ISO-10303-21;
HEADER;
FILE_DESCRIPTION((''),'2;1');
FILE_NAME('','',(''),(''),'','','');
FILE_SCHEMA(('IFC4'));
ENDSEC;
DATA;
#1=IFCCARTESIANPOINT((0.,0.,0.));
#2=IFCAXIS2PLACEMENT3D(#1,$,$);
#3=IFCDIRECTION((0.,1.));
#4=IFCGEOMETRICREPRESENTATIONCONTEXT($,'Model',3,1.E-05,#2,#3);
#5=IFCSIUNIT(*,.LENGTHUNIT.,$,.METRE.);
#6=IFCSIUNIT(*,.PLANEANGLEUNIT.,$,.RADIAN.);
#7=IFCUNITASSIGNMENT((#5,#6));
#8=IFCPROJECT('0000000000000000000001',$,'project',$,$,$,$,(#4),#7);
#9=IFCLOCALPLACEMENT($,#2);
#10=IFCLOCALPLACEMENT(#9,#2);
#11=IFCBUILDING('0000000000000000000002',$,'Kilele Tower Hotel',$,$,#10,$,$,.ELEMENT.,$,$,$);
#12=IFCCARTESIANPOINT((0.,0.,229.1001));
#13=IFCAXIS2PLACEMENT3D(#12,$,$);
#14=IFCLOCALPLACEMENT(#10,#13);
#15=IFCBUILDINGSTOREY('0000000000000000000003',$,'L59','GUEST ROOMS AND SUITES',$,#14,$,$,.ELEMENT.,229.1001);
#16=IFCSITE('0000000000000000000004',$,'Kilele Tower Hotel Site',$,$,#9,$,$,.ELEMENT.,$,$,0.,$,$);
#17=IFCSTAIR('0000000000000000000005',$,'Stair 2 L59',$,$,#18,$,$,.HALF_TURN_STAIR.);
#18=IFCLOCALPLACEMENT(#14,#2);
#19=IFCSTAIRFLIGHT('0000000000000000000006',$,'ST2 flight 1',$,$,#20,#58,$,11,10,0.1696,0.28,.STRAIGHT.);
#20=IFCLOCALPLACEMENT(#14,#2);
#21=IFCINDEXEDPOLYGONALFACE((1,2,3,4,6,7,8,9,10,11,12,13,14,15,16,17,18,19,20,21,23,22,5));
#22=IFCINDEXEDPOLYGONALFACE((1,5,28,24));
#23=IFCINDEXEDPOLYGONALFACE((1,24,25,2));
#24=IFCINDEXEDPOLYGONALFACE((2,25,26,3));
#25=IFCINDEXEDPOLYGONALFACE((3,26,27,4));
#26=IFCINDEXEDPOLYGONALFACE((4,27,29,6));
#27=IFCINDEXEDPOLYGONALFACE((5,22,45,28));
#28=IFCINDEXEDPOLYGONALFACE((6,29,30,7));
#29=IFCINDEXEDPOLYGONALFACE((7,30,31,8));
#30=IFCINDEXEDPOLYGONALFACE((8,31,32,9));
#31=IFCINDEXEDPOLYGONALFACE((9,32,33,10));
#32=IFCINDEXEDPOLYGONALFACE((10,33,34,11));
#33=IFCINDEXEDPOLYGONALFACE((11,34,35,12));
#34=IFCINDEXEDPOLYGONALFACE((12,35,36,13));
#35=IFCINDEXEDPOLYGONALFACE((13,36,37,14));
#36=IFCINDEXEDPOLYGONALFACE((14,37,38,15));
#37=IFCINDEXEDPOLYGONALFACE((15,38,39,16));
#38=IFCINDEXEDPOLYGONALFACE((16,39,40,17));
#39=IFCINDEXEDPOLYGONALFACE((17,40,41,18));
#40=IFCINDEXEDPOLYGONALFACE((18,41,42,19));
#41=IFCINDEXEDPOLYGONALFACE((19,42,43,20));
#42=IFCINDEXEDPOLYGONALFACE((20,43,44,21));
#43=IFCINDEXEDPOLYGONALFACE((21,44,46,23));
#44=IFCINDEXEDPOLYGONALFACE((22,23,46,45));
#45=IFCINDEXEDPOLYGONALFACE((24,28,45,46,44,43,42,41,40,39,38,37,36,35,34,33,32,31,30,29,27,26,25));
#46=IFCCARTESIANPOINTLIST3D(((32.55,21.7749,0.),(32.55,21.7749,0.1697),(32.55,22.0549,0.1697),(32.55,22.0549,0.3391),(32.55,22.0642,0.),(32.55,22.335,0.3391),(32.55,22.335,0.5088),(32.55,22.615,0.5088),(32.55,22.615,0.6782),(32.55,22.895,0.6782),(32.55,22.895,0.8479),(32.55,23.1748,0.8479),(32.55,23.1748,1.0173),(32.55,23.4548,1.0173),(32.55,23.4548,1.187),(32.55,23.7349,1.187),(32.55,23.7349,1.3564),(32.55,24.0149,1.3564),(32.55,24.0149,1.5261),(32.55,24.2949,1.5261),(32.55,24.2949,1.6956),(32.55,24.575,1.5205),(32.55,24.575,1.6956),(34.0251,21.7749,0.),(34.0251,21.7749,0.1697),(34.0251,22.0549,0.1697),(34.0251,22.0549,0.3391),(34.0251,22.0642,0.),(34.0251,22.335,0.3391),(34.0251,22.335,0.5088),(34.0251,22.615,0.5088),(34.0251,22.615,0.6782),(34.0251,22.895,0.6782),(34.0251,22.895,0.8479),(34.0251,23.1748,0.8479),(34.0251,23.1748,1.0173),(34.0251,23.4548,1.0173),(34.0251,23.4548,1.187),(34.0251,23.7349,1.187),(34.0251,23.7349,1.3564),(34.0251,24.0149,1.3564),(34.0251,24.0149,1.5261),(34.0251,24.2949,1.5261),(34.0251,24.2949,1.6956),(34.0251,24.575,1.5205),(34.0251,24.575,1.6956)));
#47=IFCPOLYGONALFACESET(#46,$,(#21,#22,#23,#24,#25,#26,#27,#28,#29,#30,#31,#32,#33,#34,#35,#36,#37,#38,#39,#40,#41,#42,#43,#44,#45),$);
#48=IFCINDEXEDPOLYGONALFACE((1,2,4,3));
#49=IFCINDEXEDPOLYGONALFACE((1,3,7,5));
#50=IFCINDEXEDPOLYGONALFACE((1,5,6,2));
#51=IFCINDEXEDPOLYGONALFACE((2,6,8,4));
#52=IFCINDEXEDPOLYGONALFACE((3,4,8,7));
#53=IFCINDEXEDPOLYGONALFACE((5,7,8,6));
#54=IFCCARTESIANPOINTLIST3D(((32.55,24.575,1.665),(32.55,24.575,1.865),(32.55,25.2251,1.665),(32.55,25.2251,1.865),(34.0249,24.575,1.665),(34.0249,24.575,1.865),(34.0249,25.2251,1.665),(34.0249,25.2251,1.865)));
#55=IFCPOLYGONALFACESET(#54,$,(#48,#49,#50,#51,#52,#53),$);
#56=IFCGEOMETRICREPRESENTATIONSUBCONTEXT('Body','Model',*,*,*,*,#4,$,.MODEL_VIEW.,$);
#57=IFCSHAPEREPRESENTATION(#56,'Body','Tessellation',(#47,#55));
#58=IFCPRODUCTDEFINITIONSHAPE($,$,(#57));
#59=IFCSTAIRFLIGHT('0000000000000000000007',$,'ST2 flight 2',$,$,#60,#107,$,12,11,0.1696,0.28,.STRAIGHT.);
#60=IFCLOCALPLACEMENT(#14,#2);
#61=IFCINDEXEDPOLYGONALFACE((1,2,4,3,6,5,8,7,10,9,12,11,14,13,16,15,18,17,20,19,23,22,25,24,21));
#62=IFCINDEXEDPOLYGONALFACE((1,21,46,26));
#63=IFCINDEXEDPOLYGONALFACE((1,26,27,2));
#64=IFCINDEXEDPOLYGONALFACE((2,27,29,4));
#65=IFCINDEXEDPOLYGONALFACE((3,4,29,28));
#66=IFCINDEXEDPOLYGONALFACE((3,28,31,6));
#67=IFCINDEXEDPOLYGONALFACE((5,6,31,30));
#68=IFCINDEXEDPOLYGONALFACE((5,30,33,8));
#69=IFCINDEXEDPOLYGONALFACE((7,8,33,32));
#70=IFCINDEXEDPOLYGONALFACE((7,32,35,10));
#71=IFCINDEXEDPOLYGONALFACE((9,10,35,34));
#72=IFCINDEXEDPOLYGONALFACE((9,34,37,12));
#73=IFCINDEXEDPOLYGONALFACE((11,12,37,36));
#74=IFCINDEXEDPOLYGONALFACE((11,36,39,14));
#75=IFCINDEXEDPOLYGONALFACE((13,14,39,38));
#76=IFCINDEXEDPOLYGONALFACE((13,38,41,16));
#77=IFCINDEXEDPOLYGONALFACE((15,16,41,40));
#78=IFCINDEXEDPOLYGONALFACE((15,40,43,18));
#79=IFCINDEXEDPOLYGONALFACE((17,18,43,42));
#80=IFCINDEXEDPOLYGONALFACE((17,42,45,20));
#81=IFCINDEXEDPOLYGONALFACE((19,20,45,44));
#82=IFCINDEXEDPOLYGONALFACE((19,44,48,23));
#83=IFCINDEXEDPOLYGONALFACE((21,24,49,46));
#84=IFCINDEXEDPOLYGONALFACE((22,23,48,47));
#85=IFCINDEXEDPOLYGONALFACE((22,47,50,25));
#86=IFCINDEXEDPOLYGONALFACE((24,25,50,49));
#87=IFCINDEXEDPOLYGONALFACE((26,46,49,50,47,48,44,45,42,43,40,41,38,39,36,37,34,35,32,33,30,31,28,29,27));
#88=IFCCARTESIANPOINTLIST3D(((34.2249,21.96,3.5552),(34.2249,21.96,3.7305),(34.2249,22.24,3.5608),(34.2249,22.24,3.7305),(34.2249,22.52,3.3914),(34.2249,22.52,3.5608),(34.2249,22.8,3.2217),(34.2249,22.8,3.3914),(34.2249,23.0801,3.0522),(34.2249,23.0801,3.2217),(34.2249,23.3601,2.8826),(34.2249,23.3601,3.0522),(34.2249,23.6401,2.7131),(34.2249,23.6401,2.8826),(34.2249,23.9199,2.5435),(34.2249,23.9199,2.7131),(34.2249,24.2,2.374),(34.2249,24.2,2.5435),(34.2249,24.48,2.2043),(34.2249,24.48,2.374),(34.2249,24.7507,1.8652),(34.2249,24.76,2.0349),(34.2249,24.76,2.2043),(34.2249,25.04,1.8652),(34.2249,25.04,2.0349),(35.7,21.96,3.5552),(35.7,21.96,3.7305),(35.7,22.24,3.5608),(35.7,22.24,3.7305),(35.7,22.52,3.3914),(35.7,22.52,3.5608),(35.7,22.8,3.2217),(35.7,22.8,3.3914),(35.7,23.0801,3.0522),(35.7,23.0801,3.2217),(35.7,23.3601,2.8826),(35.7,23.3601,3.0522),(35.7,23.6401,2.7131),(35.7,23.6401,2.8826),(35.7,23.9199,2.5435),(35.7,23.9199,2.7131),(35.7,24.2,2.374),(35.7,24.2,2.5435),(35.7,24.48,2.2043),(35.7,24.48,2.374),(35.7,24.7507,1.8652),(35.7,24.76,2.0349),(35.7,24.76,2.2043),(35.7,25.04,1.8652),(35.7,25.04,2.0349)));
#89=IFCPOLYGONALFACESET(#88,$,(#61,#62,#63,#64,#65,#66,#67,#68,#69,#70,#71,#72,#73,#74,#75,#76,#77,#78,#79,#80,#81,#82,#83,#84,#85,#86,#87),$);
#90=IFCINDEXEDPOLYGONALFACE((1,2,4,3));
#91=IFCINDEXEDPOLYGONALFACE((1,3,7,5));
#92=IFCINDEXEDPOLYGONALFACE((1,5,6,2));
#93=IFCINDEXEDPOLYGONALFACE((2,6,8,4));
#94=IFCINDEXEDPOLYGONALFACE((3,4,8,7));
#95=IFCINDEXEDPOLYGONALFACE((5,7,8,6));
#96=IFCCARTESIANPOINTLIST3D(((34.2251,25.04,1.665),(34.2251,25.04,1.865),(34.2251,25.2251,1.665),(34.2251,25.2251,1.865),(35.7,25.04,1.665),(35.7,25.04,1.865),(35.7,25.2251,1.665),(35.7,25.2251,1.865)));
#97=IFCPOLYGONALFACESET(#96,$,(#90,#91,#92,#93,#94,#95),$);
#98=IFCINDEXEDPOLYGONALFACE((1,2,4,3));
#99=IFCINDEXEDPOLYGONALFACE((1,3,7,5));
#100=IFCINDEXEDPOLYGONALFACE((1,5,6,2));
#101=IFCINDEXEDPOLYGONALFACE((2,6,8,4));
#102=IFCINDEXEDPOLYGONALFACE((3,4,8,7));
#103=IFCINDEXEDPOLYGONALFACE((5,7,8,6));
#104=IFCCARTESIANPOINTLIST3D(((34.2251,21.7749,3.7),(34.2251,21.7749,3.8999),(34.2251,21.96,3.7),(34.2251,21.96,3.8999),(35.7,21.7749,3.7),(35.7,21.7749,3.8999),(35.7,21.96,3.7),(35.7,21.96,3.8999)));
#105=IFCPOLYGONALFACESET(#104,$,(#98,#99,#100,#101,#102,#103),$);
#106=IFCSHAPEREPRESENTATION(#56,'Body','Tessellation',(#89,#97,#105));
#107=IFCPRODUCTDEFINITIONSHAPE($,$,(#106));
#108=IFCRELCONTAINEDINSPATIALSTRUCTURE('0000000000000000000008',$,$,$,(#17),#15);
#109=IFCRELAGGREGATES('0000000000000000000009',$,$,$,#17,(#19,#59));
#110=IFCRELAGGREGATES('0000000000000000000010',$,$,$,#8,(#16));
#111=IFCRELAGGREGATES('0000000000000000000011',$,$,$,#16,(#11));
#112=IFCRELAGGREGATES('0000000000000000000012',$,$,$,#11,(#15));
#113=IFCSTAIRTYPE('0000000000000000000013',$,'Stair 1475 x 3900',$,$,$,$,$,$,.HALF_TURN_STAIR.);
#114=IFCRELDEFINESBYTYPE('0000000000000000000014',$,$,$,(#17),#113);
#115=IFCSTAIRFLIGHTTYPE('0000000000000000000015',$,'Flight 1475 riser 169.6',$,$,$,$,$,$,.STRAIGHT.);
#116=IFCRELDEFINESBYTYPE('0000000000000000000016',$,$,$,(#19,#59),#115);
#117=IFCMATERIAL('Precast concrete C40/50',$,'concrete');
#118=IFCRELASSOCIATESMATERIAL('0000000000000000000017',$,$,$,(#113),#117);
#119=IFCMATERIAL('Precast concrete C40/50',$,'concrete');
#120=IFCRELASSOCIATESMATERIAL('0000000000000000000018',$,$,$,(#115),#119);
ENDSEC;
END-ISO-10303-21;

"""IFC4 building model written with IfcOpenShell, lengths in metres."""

from ifc_helpers import new_model, si_unit, direction, frame, origin, place, context, subcontext, project, spatial, polyline, outline, extrude, material, type_object, element, aggregate, save


model = new_model("IFC4")

# Units and contexts
model_context = context("Model", 3, precision=1e-05, world=origin(), true_north=direction((0.0, 1.0)))
body_context = subcontext(model_context, "Body", "Model", "MODEL_VIEW")
ifc_project = project(units=[si_unit("LENGTHUNIT", "METRE"), si_unit("PLANEANGLEUNIT", "RADIAN")], contexts=[model_context])

# Site, building, storey
site_placement = place(None, origin())
site = spatial("IfcSite", under=ifc_project, at=site_placement, Name="Kilele Tower Hotel Site", CompositionType="ELEMENT", RefElevation=0.0)
building_placement = place(site_placement, origin())
building = spatial("IfcBuilding", under=site, at=building_placement, Name="Kilele Tower Hotel", CompositionType="ELEMENT")
storey_placement = place(building_placement, frame((0.0, 0.0, 229.1001)))
storey = spatial("IfcBuildingStorey", under=building, at=storey_placement, Name="L59", Description="GUEST ROOMS AND SUITES", CompositionType="ELEMENT", Elevation=229.1001)

# Stair, stair flights
ifc_material_1 = material(Name="Precast concrete C40/50", Category="concrete")
stair_type = type_object("IfcStairType", Name="Stair 1475 x 3900", PredefinedType="HALF_TURN_STAIR", material=ifc_material_1)
stair_placement = place(storey_placement, origin())
stair = element("IfcStair", 1, at=stair_placement, inside=storey, type_object=stair_type, Name="Stair 2 L59", PredefinedType="HALF_TURN_STAIR")
ifc_material_2 = material(Name="Precast concrete C40/50", Category="concrete")
stair_flight_type = type_object("IfcStairFlightType", Name="Flight 1475 riser 169.6", PredefinedType="STRAIGHT", material=ifc_material_2)
stair_flight_1_placement = place(storey_placement, frame((33.2876, 21.7749, 0.0), z_axis=(0.0, 0.0, 1.0), x_axis=(0.0, 1.0, 0.0)))
stair_flight_1 = element("IfcStairFlight", 2, at=stair_flight_1_placement, type_object=stair_flight_type, Name="ST2 flight 1", NumberOfRisers=11, NumberOfTreads=10, PredefinedType="STRAIGHT", RiserHeight=0.1696, TreadLength=0.28, context=body_context, shape_type="SweptSolid", body=[
    extrude(outline(polyline([(0.0, 0.0), (0.0, 0.1697), (0.28, 0.1697), (0.28, 0.3391), (0.5601, 0.3391), (0.5601, 0.5088), (0.8401, 0.5088), (0.8401, 0.6782), (1.1201, 0.6782), (1.1201, 0.8479), (1.3999, 0.8479), (1.3999, 1.0173), (1.6799, 1.0173), (1.6799, 1.187), (1.96, 1.187), (1.96, 1.3564), (2.24, 1.3564), (2.24, 1.5261), (2.52, 1.5261), (2.52, 1.6956), (2.8, 1.6956), (2.8, 1.8652), (2.8, 1.5205), (0.2893, 0.0), (0.0, 0.0)])), frame((0.0, 0.7375, 0.0), z_axis=(0.0, -1.0, 0.0), x_axis=(1.0, 0.0, 0.0)), (0.0, 0.0, 1.0), 1.4751),
    extrude(outline(polyline([(2.8, 0.7375), (2.8, -0.7373), (3.4502, -0.7373), (3.4502, 0.7375), (2.8, 0.7375)])), frame((0.0, 0.0, 1.665)), (0.0, 0.0, 1.0), 0.2),
])
stair_flight_2_placement = place(storey_placement, frame((34.9624, 25.04, 1.8652), z_axis=(0.0, 0.0, 1.0), x_axis=(0.0, -1.0, 0.0)))
stair_flight_2 = element("IfcStairFlight", 3, at=stair_flight_2_placement, type_object=stair_flight_type, Name="ST2 flight 2", NumberOfRisers=12, NumberOfTreads=11, PredefinedType="STRAIGHT", RiserHeight=0.1696, TreadLength=0.28, context=body_context, shape_type="SweptSolid", body=[
    extrude(outline(polyline([(0.0, 0.0), (0.0, 0.1697), (0.28, 0.1697), (0.28, 0.3391), (0.5601, 0.3391), (0.5601, 0.5088), (0.8401, 0.5088), (0.8401, 0.6782), (1.1201, 0.6782), (1.1201, 0.8479), (1.3999, 0.8479), (1.3999, 1.0173), (1.6799, 1.0173), (1.6799, 1.187), (1.96, 1.187), (1.96, 1.3564), (2.24, 1.3564), (2.24, 1.5261), (2.52, 1.5261), (2.52, 1.6956), (2.8, 1.6956), (2.8, 1.8652), (3.0801, 1.8652), (3.0801, 2.0347), (3.0801, 1.6899), (0.2893, 0.0), (0.0, 0.0)])), frame((0.0, 0.7375, 0.0), z_axis=(0.0, -1.0, 0.0), x_axis=(1.0, 0.0, 0.0)), (0.0, 0.0, 1.0), 1.4751),
    extrude(outline(polyline([(0.0, -0.7373), (0.0, 0.7375), (-0.1851, 0.7375), (-0.1851, -0.7373), (0.0, -0.7373)])), frame((0.0, 0.0, -0.2002)), (0.0, 0.0, 1.0), 0.2),
    extrude(outline(polyline([(3.2651, -0.7373), (3.2651, 0.7375), (3.0801, 0.7375), (3.0801, -0.7373), (3.2651, -0.7373)])), frame((0.0, 0.0, 1.8347)), (0.0, 0.0, 1.0), 0.2),
])
aggregate(stair, [stair_flight_1, stair_flight_2])

save(model, "model.ifc")
